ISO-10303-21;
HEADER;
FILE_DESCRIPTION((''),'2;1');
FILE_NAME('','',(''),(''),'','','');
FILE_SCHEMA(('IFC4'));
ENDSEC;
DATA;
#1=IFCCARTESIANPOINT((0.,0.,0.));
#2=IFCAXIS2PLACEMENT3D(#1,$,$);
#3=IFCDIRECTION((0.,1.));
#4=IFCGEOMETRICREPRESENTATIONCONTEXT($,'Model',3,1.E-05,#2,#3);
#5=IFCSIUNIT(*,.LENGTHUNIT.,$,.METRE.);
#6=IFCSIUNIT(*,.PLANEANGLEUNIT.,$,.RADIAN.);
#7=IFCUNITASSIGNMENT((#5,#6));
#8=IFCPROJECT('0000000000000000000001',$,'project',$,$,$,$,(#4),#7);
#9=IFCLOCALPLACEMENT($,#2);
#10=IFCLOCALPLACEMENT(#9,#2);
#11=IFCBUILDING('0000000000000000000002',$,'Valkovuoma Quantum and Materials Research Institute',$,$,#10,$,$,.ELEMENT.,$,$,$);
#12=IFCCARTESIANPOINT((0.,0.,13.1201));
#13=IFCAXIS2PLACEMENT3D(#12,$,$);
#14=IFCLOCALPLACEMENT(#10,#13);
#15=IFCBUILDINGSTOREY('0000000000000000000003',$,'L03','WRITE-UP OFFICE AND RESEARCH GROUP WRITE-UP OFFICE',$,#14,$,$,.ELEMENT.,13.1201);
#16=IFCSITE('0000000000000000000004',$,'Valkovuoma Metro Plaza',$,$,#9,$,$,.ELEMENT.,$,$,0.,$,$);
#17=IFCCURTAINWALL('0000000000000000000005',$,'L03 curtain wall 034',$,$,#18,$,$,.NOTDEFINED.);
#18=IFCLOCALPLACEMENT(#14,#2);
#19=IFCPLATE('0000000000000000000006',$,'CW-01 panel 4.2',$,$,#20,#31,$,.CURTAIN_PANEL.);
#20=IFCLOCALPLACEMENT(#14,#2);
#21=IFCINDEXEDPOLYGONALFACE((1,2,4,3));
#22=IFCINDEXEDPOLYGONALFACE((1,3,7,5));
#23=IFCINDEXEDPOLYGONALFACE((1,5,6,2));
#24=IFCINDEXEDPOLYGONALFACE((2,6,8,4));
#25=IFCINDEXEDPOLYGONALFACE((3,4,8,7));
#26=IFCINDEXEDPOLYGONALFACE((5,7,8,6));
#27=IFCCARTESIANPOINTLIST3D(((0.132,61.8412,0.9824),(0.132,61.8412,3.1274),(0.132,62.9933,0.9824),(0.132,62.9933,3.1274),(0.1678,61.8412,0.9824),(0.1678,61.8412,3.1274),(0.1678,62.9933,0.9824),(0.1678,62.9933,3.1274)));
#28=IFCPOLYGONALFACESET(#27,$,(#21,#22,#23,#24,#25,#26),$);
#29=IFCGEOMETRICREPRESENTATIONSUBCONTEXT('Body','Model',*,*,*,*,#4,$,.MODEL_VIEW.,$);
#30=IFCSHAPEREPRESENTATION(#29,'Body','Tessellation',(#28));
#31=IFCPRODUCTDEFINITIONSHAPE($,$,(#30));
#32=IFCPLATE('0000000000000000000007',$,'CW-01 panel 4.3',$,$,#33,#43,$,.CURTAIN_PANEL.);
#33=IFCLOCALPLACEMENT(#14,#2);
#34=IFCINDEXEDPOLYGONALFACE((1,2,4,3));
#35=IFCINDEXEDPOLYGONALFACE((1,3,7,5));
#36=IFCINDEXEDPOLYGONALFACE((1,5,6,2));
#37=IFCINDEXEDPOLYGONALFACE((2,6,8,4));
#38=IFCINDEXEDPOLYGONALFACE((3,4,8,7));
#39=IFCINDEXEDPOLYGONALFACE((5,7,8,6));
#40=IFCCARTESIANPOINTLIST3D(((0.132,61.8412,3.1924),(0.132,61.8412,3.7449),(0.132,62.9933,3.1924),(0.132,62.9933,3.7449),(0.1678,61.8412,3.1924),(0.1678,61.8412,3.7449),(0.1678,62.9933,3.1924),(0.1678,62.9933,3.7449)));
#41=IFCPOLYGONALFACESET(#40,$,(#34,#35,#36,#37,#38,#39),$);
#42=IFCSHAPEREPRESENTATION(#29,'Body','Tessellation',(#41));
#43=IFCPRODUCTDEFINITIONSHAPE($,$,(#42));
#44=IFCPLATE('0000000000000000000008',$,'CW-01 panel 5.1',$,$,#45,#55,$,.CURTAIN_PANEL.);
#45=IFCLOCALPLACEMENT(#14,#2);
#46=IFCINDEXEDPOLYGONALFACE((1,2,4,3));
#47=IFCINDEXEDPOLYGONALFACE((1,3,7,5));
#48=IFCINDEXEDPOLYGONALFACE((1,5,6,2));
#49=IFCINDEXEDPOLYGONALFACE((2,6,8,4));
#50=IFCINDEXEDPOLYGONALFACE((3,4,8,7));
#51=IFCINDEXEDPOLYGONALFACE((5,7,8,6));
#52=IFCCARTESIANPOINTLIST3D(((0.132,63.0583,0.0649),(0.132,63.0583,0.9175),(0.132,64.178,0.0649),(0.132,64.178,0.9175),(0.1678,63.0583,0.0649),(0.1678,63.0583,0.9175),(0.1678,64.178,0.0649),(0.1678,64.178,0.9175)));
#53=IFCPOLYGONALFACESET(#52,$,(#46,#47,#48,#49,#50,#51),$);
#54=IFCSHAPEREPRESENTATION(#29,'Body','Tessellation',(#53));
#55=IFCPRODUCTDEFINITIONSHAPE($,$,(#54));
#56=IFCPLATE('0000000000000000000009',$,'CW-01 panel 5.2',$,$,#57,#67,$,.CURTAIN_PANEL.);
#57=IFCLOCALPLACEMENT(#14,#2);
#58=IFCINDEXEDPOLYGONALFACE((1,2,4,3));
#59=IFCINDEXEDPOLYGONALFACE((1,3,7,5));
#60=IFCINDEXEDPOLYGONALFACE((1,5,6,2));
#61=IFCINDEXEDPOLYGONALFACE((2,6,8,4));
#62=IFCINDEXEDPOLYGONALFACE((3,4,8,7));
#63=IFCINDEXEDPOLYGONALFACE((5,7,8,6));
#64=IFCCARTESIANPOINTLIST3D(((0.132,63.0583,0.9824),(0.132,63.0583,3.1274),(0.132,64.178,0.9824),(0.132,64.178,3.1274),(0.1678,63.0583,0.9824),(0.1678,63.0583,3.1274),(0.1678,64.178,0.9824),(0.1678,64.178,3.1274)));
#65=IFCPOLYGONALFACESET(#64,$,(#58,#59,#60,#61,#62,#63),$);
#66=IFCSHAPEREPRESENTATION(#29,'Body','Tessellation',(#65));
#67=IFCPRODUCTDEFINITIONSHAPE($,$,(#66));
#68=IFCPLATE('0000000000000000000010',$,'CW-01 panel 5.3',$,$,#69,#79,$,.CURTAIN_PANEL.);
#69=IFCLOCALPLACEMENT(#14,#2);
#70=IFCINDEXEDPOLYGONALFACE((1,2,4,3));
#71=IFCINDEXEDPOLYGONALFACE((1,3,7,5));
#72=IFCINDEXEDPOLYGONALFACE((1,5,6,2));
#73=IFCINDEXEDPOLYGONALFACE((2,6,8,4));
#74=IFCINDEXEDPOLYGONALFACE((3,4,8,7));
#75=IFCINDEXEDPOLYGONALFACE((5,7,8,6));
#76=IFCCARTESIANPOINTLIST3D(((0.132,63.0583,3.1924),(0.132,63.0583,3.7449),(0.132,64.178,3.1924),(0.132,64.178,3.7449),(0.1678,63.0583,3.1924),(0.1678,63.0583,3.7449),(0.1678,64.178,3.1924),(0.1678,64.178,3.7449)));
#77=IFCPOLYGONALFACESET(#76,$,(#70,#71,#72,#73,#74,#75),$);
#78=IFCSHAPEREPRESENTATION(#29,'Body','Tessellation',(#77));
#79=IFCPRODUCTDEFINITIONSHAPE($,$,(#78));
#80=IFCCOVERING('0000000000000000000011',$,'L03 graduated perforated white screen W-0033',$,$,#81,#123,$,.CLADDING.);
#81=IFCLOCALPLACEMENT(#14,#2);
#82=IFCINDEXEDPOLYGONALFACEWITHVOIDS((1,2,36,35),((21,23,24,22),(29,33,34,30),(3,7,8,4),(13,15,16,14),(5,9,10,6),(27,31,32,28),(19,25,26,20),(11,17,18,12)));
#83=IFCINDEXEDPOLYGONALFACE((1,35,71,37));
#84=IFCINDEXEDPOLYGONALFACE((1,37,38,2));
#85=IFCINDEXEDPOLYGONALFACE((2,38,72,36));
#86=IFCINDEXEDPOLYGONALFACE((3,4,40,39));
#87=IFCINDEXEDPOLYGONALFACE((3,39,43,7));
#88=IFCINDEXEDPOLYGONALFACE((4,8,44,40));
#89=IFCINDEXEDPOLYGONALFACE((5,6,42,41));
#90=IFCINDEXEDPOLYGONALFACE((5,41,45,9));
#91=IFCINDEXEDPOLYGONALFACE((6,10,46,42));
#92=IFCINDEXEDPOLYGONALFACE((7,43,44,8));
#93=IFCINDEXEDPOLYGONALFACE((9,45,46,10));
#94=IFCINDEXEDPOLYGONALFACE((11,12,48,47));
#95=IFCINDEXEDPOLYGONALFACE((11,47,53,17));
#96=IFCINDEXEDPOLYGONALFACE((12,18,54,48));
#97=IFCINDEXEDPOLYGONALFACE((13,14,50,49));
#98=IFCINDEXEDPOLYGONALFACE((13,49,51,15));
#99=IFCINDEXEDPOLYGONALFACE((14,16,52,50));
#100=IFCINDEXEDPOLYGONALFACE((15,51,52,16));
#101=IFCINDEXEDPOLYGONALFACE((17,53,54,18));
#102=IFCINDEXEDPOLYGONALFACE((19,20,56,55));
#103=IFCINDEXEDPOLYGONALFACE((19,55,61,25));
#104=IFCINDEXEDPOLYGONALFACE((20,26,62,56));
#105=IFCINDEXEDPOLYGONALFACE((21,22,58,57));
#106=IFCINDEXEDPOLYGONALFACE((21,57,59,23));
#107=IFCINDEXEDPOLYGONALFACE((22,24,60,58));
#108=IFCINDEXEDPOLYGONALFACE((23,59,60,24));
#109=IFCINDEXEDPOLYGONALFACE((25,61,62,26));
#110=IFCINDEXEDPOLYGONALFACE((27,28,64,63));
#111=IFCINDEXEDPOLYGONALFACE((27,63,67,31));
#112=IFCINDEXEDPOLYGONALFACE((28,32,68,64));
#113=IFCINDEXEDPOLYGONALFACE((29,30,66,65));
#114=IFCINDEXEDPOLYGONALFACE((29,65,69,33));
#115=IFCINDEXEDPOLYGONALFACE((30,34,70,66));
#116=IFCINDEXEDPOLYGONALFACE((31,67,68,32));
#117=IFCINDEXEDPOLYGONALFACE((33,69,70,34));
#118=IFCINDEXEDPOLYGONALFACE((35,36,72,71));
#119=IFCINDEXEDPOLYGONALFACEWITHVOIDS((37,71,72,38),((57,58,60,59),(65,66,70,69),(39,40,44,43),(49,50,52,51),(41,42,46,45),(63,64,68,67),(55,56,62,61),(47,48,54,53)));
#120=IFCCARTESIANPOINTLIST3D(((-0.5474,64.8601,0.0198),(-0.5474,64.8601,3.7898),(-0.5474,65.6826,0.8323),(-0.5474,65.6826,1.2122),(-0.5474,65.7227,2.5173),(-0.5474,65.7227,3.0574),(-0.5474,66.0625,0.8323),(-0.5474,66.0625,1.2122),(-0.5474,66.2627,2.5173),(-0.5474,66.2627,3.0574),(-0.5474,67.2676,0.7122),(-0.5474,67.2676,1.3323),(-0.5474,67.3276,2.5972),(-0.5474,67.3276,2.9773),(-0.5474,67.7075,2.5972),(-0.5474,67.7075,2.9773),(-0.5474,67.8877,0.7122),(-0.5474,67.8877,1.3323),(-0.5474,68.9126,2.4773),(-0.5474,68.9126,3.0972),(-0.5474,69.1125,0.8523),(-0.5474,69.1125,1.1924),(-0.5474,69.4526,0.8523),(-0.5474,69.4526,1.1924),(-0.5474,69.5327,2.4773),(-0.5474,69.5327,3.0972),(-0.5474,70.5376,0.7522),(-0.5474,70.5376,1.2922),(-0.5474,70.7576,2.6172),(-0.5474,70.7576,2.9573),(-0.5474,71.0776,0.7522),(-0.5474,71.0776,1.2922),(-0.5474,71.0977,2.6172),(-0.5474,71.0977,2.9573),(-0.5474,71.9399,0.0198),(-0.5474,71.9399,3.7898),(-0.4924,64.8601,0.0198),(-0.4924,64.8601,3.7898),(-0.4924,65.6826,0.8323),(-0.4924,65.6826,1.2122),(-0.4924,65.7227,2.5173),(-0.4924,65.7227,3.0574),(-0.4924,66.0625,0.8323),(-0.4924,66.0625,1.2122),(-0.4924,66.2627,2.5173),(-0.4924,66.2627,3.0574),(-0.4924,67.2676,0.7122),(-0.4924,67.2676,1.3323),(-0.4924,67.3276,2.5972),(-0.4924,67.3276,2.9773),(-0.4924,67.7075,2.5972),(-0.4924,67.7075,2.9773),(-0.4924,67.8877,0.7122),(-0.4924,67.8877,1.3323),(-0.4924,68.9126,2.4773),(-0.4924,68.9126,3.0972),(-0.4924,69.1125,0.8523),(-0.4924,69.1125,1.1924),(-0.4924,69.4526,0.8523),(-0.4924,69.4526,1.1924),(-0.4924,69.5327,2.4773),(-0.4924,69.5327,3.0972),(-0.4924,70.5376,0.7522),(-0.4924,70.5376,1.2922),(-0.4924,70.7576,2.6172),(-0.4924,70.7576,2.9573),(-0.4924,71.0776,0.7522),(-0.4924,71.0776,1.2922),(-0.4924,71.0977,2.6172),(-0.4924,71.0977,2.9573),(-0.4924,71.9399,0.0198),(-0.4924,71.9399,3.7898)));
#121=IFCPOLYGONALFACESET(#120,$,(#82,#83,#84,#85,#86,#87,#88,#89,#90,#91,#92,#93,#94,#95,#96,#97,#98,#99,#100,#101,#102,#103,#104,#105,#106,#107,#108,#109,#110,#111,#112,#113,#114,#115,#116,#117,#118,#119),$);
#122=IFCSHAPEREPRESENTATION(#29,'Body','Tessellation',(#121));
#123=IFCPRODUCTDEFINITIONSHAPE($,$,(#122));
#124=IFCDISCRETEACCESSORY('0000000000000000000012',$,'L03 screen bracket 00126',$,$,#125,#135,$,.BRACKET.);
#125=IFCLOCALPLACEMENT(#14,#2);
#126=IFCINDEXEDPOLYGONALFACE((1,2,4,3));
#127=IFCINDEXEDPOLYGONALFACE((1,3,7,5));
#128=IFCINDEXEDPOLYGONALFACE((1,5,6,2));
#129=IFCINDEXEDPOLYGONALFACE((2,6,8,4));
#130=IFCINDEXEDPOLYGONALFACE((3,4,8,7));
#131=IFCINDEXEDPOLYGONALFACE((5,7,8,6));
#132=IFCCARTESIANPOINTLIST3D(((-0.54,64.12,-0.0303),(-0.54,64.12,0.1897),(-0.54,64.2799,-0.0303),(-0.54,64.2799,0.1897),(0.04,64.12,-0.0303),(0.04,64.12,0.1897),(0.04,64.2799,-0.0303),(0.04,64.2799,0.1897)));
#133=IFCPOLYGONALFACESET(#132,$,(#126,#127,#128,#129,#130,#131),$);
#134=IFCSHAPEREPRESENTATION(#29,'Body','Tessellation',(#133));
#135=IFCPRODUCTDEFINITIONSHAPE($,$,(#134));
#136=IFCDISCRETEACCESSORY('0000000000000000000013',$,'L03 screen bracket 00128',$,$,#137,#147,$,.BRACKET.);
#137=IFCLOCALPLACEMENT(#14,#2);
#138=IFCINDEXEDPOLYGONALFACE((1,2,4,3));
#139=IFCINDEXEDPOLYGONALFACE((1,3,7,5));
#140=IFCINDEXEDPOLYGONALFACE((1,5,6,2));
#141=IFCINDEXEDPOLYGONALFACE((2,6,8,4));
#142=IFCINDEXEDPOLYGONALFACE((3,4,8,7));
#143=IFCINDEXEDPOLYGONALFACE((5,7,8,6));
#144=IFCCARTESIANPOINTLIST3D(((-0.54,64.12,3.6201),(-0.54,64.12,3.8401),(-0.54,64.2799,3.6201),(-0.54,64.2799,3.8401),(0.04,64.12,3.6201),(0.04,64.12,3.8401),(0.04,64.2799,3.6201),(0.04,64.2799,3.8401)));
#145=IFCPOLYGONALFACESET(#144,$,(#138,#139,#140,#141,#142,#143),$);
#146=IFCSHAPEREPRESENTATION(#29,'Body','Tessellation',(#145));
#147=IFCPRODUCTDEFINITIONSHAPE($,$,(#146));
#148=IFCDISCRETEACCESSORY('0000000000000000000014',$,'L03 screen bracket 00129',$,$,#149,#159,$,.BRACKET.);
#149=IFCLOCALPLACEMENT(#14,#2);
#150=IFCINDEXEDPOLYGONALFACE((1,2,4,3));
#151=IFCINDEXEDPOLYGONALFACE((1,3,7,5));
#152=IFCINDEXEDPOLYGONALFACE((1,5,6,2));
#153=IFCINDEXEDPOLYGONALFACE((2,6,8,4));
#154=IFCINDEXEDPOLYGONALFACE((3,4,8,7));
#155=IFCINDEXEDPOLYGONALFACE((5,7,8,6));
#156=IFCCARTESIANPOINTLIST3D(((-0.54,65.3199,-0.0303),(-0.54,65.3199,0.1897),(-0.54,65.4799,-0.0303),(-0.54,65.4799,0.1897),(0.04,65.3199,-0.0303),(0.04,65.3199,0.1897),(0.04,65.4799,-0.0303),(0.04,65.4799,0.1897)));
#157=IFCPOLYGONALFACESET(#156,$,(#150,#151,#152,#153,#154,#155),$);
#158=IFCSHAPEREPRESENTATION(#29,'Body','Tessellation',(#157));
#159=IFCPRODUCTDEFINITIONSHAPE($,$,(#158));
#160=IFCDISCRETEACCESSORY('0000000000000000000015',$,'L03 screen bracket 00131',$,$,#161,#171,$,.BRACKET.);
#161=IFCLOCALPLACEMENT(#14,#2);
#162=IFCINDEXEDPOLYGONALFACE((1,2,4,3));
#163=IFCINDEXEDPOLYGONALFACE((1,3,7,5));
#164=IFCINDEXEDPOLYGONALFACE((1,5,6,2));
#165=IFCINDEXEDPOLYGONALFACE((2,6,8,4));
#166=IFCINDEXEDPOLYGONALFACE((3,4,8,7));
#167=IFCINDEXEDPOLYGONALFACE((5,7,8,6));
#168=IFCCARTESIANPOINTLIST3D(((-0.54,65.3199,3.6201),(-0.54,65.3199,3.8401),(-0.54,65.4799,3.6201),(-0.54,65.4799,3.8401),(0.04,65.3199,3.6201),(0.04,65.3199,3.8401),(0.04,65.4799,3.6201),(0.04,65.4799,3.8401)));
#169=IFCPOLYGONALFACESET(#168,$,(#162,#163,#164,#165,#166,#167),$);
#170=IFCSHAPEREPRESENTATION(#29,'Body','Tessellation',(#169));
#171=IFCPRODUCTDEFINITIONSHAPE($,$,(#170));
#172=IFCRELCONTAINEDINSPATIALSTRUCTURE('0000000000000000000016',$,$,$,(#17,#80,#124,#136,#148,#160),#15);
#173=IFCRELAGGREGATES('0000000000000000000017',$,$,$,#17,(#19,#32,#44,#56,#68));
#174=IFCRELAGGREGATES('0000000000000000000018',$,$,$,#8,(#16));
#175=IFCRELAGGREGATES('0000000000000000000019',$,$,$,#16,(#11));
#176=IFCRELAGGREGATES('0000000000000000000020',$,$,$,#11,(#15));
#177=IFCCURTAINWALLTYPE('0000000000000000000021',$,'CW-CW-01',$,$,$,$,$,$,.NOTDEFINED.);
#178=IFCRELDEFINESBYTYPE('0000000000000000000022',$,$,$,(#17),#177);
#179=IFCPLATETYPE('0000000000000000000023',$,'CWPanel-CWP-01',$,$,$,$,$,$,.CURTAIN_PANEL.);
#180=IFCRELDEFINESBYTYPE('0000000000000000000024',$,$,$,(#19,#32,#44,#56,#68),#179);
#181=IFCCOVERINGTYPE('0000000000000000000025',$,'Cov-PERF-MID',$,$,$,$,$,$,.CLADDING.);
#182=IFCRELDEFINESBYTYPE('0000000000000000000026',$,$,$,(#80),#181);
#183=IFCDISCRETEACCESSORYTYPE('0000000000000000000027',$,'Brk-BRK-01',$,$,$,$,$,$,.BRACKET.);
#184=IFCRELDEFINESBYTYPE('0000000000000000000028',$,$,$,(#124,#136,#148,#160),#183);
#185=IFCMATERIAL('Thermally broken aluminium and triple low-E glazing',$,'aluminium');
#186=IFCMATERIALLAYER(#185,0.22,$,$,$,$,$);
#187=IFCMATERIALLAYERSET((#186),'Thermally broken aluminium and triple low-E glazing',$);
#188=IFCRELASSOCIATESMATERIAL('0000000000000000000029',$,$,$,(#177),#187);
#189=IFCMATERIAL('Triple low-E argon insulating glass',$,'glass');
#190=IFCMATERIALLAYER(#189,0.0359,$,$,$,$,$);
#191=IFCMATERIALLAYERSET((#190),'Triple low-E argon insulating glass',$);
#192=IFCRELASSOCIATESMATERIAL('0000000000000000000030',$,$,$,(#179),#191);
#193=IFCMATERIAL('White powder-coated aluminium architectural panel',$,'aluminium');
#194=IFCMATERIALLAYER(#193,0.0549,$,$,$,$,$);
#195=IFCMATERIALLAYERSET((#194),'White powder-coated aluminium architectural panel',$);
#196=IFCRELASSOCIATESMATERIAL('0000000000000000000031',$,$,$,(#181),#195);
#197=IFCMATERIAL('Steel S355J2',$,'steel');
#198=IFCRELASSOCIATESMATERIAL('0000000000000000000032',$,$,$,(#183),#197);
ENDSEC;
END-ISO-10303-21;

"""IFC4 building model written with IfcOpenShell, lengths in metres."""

from ifc_helpers import new_model, si_unit, direction, frame, origin, origin_2d, place, context, subcontext, project, spatial, polyline, rectangle, outline, extrude, material, layer, layer_set, type_object, element, aggregate, save


model = new_model("IFC4")

# Units and contexts
model_context = context("Model", 3, precision=1e-05, world=origin(), true_north=direction((0.0, 1.0)))
body_context = subcontext(model_context, "Body", "Model", "MODEL_VIEW")
ifc_project = project(units=[si_unit("LENGTHUNIT", "METRE"), si_unit("PLANEANGLEUNIT", "RADIAN")], contexts=[model_context])

# Site, building, storey
site_placement = place(None, origin())
site = spatial("IfcSite", under=ifc_project, at=site_placement, Name="Valkovuoma Metro Plaza", CompositionType="ELEMENT", RefElevation=0.0)
building_placement = place(site_placement, origin())
building = spatial("IfcBuilding", under=site, at=building_placement, Name="Valkovuoma Quantum and Materials Research Institute", CompositionType="ELEMENT")
storey_placement = place(building_placement, frame((0.0, 0.0, 13.1201)))
storey = spatial("IfcBuildingStorey", under=building, at=storey_placement, Name="L03", Description="WRITE-UP OFFICE AND RESEARCH GROUP WRITE-UP OFFICE", CompositionType="ELEMENT", Elevation=13.1201)

# Curtain wall
ifc_material_1 = material(Name="Thermally broken aluminium and triple low-E glazing", Category="aluminium")
ifc_layer_1 = layer(ifc_material_1, 0.22)
ifc_layer_set_1 = layer_set([ifc_layer_1], Name="Thermally broken aluminium and triple low-E glazing")
curtain_wall_type = type_object("IfcCurtainWallType", Name="CW-CW-01", PredefinedType="NOTDEFINED", material=ifc_layer_set_1)
curtain_wall_1_placement = place(storey_placement, origin())
curtain_wall_1 = element("IfcCurtainWall", 1, at=curtain_wall_1_placement, inside=storey, type_object=curtain_wall_type, Name="L03 curtain wall 034", PredefinedType="NOTDEFINED")

# Plates
ifc_material_2 = material(Name="Triple low-E argon insulating glass", Category="glass")
ifc_layer_2 = layer(ifc_material_2, 0.0359)
ifc_layer_set_2 = layer_set([ifc_layer_2], Name="Triple low-E argon insulating glass")
plate_type = type_object("IfcPlateType", Name="CWPanel-CWP-01", PredefinedType="CURTAIN_PANEL", material=ifc_layer_set_2)
plate_1_placement = place(storey_placement, frame((0.1499, 62.4172, 0.9824), z_axis=(0.0, 0.0, 1.0), x_axis=(0.0, 1.0, 0.0)))
plate_1 = element("IfcPlate", 2, at=plate_1_placement, type_object=plate_type, Name="CW-01 panel 4.2", PredefinedType="CURTAIN_PANEL", context=body_context, shape_type="SweptSolid", body=[
    extrude(rectangle(XDim=1.1521, YDim=0.0359, at=origin_2d()), origin(), (0.0, 0.0, 1.0), 2.145),
])
plate_2_placement = place(storey_placement, frame((0.1499, 62.4172, 3.1924), z_axis=(0.0, 0.0, 1.0), x_axis=(0.0, 1.0, 0.0)))
plate_2 = element("IfcPlate", 3, at=plate_2_placement, type_object=plate_type, Name="CW-01 panel 4.3", PredefinedType="CURTAIN_PANEL", context=body_context, shape_type="SweptSolid", body=[
    extrude(rectangle(XDim=1.1521, YDim=0.0359, at=origin_2d()), origin(), (0.0, 0.0, 1.0), 0.5525),
])
plate_3_placement = place(storey_placement, frame((0.1499, 63.6182, 0.0649), z_axis=(0.0, 0.0, 1.0), x_axis=(0.0, 1.0, 0.0)))
plate_3 = element("IfcPlate", 4, at=plate_3_placement, type_object=plate_type, Name="CW-01 panel 5.1", PredefinedType="CURTAIN_PANEL", context=body_context, shape_type="SweptSolid", body=[
    extrude(rectangle(XDim=1.1196, YDim=0.0359, at=origin_2d()), origin(), (0.0, 0.0, 1.0), 0.8525),
])
plate_4_placement = place(storey_placement, frame((0.1499, 63.6182, 0.9824), z_axis=(0.0, 0.0, 1.0), x_axis=(0.0, 1.0, 0.0)))
plate_4 = element("IfcPlate", 5, at=plate_4_placement, type_object=plate_type, Name="CW-01 panel 5.2", PredefinedType="CURTAIN_PANEL", context=body_context, shape_type="SweptSolid", body=[
    extrude(rectangle(XDim=1.1196, YDim=0.0359, at=origin_2d()), origin(), (0.0, 0.0, 1.0), 2.145),
])
plate_5_placement = place(storey_placement, frame((0.1499, 63.6182, 3.1924), z_axis=(0.0, 0.0, 1.0), x_axis=(0.0, 1.0, 0.0)))
plate_5 = element("IfcPlate", 6, at=plate_5_placement, type_object=plate_type, Name="CW-01 panel 5.3", PredefinedType="CURTAIN_PANEL", context=body_context, shape_type="SweptSolid", body=[
    extrude(rectangle(XDim=1.1196, YDim=0.0359, at=origin_2d()), origin(), (0.0, 0.0, 1.0), 0.5525),
])
aggregate(curtain_wall_1, [plate_1, plate_2, plate_3, plate_4, plate_5])

# Covering
ifc_material_3 = material(Name="White powder-coated aluminium architectural panel", Category="aluminium")
ifc_layer_3 = layer(ifc_material_3, 0.0549)
ifc_layer_set_3 = layer_set([ifc_layer_3], Name="White powder-coated aluminium architectural panel")
covering_type = type_object("IfcCoveringType", Name="Cov-PERF-MID", PredefinedType="CLADDING", material=ifc_layer_set_3)
covering_placement = place(storey_placement, frame((-0.52, 64.8601, 0.0198), z_axis=(0.0, 0.0, 1.0), x_axis=(0.0, 1.0, 0.0)))
element("IfcCovering", 7, at=covering_placement, inside=storey, type_object=covering_type, Name="L03 graduated perforated white screen W-0033", PredefinedType="CLADDING", context=body_context, shape_type="SweptSolid", body=[
    extrude(outline(polyline([(0.0, 0.0), (7.0798, 0.0), (7.0798, 3.77), (0.0, 3.77), (0.0, 0.0)]), holes=[polyline([(0.8225, 0.8125), (0.8225, 1.1924), (1.2024, 1.1924), (1.2024, 0.8125), (0.8225, 0.8125)]), polyline([(0.8625, 2.4976), (0.8625, 3.0376), (1.4026, 3.0376), (1.4026, 2.4976), (0.8625, 2.4976)]), polyline([(2.4075, 0.6924), (2.4075, 1.3125), (3.0276, 1.3125), (3.0276, 0.6924), (2.4075, 0.6924)]), polyline([(2.4675, 2.5774), (2.4675, 2.9575), (2.8474, 2.9575), (2.8474, 2.5774), (2.4675, 2.5774)]), polyline([(4.2524, 0.8325), (4.2524, 1.1726), (4.5925, 1.1726), (4.5925, 0.8325), (4.2524, 0.8325)]), polyline([(4.0525, 2.4575), (4.0525, 3.0774), (4.6726, 3.0774), (4.6726, 2.4575), (4.0525, 2.4575)]), polyline([(5.6775, 0.7324), (5.6775, 1.2725), (6.2175, 1.2725), (6.2175, 0.7324), (5.6775, 0.7324)]), polyline([(5.8975, 2.5974), (5.8975, 2.9375), (6.2375, 2.9375), (6.2375, 2.5974), (5.8975, 2.5974)])]), frame((0.0, 0.0273, 0.0), z_axis=(0.0, -1.0, 0.0), x_axis=(1.0, 0.0, 0.0)), (0.0, 0.0, 1.0), 0.0549),
])

# Discrete accessories
ifc_material_4 = material(Name="Steel S355J2", Category="steel")
discrete_accessory_type = type_object("IfcDiscreteAccessoryType", Name="Brk-BRK-01", PredefinedType="BRACKET", material=ifc_material_4)
for number, where, z_axis, x_axis, name in (
    (8, (-0.25, 64.2, -0.0303), (0.0, 0.0, 1.0), (1.0, 0.0, 0.0), "L03 screen bracket 00126"),
    (9, (-0.25, 64.2, 3.6201), (0.0, 0.0, 1.0), (1.0, 0.0, 0.0), "L03 screen bracket 00128"),
    (10, (-0.25, 65.3999, -0.0303), (0.0, 0.0, 1.0), (1.0, 0.0, 0.0), "L03 screen bracket 00129"),
    (11, (-0.25, 65.3999, 3.6201), (0.0, 0.0, 1.0), (1.0, 0.0, 0.0), "L03 screen bracket 00131"),
):
    element("IfcDiscreteAccessory", number, at=place(storey_placement, frame(where, z_axis=z_axis, x_axis=x_axis)), inside=storey, type_object=discrete_accessory_type, Name=name, PredefinedType="BRACKET", context=body_context, shape_type="SweptSolid", body=[
        extrude(rectangle(XDim=0.5801, YDim=0.1599, at=origin_2d()), origin(), (0.0, 0.0, 1.0), 0.22),
    ])

save(model, "model.ifc")
